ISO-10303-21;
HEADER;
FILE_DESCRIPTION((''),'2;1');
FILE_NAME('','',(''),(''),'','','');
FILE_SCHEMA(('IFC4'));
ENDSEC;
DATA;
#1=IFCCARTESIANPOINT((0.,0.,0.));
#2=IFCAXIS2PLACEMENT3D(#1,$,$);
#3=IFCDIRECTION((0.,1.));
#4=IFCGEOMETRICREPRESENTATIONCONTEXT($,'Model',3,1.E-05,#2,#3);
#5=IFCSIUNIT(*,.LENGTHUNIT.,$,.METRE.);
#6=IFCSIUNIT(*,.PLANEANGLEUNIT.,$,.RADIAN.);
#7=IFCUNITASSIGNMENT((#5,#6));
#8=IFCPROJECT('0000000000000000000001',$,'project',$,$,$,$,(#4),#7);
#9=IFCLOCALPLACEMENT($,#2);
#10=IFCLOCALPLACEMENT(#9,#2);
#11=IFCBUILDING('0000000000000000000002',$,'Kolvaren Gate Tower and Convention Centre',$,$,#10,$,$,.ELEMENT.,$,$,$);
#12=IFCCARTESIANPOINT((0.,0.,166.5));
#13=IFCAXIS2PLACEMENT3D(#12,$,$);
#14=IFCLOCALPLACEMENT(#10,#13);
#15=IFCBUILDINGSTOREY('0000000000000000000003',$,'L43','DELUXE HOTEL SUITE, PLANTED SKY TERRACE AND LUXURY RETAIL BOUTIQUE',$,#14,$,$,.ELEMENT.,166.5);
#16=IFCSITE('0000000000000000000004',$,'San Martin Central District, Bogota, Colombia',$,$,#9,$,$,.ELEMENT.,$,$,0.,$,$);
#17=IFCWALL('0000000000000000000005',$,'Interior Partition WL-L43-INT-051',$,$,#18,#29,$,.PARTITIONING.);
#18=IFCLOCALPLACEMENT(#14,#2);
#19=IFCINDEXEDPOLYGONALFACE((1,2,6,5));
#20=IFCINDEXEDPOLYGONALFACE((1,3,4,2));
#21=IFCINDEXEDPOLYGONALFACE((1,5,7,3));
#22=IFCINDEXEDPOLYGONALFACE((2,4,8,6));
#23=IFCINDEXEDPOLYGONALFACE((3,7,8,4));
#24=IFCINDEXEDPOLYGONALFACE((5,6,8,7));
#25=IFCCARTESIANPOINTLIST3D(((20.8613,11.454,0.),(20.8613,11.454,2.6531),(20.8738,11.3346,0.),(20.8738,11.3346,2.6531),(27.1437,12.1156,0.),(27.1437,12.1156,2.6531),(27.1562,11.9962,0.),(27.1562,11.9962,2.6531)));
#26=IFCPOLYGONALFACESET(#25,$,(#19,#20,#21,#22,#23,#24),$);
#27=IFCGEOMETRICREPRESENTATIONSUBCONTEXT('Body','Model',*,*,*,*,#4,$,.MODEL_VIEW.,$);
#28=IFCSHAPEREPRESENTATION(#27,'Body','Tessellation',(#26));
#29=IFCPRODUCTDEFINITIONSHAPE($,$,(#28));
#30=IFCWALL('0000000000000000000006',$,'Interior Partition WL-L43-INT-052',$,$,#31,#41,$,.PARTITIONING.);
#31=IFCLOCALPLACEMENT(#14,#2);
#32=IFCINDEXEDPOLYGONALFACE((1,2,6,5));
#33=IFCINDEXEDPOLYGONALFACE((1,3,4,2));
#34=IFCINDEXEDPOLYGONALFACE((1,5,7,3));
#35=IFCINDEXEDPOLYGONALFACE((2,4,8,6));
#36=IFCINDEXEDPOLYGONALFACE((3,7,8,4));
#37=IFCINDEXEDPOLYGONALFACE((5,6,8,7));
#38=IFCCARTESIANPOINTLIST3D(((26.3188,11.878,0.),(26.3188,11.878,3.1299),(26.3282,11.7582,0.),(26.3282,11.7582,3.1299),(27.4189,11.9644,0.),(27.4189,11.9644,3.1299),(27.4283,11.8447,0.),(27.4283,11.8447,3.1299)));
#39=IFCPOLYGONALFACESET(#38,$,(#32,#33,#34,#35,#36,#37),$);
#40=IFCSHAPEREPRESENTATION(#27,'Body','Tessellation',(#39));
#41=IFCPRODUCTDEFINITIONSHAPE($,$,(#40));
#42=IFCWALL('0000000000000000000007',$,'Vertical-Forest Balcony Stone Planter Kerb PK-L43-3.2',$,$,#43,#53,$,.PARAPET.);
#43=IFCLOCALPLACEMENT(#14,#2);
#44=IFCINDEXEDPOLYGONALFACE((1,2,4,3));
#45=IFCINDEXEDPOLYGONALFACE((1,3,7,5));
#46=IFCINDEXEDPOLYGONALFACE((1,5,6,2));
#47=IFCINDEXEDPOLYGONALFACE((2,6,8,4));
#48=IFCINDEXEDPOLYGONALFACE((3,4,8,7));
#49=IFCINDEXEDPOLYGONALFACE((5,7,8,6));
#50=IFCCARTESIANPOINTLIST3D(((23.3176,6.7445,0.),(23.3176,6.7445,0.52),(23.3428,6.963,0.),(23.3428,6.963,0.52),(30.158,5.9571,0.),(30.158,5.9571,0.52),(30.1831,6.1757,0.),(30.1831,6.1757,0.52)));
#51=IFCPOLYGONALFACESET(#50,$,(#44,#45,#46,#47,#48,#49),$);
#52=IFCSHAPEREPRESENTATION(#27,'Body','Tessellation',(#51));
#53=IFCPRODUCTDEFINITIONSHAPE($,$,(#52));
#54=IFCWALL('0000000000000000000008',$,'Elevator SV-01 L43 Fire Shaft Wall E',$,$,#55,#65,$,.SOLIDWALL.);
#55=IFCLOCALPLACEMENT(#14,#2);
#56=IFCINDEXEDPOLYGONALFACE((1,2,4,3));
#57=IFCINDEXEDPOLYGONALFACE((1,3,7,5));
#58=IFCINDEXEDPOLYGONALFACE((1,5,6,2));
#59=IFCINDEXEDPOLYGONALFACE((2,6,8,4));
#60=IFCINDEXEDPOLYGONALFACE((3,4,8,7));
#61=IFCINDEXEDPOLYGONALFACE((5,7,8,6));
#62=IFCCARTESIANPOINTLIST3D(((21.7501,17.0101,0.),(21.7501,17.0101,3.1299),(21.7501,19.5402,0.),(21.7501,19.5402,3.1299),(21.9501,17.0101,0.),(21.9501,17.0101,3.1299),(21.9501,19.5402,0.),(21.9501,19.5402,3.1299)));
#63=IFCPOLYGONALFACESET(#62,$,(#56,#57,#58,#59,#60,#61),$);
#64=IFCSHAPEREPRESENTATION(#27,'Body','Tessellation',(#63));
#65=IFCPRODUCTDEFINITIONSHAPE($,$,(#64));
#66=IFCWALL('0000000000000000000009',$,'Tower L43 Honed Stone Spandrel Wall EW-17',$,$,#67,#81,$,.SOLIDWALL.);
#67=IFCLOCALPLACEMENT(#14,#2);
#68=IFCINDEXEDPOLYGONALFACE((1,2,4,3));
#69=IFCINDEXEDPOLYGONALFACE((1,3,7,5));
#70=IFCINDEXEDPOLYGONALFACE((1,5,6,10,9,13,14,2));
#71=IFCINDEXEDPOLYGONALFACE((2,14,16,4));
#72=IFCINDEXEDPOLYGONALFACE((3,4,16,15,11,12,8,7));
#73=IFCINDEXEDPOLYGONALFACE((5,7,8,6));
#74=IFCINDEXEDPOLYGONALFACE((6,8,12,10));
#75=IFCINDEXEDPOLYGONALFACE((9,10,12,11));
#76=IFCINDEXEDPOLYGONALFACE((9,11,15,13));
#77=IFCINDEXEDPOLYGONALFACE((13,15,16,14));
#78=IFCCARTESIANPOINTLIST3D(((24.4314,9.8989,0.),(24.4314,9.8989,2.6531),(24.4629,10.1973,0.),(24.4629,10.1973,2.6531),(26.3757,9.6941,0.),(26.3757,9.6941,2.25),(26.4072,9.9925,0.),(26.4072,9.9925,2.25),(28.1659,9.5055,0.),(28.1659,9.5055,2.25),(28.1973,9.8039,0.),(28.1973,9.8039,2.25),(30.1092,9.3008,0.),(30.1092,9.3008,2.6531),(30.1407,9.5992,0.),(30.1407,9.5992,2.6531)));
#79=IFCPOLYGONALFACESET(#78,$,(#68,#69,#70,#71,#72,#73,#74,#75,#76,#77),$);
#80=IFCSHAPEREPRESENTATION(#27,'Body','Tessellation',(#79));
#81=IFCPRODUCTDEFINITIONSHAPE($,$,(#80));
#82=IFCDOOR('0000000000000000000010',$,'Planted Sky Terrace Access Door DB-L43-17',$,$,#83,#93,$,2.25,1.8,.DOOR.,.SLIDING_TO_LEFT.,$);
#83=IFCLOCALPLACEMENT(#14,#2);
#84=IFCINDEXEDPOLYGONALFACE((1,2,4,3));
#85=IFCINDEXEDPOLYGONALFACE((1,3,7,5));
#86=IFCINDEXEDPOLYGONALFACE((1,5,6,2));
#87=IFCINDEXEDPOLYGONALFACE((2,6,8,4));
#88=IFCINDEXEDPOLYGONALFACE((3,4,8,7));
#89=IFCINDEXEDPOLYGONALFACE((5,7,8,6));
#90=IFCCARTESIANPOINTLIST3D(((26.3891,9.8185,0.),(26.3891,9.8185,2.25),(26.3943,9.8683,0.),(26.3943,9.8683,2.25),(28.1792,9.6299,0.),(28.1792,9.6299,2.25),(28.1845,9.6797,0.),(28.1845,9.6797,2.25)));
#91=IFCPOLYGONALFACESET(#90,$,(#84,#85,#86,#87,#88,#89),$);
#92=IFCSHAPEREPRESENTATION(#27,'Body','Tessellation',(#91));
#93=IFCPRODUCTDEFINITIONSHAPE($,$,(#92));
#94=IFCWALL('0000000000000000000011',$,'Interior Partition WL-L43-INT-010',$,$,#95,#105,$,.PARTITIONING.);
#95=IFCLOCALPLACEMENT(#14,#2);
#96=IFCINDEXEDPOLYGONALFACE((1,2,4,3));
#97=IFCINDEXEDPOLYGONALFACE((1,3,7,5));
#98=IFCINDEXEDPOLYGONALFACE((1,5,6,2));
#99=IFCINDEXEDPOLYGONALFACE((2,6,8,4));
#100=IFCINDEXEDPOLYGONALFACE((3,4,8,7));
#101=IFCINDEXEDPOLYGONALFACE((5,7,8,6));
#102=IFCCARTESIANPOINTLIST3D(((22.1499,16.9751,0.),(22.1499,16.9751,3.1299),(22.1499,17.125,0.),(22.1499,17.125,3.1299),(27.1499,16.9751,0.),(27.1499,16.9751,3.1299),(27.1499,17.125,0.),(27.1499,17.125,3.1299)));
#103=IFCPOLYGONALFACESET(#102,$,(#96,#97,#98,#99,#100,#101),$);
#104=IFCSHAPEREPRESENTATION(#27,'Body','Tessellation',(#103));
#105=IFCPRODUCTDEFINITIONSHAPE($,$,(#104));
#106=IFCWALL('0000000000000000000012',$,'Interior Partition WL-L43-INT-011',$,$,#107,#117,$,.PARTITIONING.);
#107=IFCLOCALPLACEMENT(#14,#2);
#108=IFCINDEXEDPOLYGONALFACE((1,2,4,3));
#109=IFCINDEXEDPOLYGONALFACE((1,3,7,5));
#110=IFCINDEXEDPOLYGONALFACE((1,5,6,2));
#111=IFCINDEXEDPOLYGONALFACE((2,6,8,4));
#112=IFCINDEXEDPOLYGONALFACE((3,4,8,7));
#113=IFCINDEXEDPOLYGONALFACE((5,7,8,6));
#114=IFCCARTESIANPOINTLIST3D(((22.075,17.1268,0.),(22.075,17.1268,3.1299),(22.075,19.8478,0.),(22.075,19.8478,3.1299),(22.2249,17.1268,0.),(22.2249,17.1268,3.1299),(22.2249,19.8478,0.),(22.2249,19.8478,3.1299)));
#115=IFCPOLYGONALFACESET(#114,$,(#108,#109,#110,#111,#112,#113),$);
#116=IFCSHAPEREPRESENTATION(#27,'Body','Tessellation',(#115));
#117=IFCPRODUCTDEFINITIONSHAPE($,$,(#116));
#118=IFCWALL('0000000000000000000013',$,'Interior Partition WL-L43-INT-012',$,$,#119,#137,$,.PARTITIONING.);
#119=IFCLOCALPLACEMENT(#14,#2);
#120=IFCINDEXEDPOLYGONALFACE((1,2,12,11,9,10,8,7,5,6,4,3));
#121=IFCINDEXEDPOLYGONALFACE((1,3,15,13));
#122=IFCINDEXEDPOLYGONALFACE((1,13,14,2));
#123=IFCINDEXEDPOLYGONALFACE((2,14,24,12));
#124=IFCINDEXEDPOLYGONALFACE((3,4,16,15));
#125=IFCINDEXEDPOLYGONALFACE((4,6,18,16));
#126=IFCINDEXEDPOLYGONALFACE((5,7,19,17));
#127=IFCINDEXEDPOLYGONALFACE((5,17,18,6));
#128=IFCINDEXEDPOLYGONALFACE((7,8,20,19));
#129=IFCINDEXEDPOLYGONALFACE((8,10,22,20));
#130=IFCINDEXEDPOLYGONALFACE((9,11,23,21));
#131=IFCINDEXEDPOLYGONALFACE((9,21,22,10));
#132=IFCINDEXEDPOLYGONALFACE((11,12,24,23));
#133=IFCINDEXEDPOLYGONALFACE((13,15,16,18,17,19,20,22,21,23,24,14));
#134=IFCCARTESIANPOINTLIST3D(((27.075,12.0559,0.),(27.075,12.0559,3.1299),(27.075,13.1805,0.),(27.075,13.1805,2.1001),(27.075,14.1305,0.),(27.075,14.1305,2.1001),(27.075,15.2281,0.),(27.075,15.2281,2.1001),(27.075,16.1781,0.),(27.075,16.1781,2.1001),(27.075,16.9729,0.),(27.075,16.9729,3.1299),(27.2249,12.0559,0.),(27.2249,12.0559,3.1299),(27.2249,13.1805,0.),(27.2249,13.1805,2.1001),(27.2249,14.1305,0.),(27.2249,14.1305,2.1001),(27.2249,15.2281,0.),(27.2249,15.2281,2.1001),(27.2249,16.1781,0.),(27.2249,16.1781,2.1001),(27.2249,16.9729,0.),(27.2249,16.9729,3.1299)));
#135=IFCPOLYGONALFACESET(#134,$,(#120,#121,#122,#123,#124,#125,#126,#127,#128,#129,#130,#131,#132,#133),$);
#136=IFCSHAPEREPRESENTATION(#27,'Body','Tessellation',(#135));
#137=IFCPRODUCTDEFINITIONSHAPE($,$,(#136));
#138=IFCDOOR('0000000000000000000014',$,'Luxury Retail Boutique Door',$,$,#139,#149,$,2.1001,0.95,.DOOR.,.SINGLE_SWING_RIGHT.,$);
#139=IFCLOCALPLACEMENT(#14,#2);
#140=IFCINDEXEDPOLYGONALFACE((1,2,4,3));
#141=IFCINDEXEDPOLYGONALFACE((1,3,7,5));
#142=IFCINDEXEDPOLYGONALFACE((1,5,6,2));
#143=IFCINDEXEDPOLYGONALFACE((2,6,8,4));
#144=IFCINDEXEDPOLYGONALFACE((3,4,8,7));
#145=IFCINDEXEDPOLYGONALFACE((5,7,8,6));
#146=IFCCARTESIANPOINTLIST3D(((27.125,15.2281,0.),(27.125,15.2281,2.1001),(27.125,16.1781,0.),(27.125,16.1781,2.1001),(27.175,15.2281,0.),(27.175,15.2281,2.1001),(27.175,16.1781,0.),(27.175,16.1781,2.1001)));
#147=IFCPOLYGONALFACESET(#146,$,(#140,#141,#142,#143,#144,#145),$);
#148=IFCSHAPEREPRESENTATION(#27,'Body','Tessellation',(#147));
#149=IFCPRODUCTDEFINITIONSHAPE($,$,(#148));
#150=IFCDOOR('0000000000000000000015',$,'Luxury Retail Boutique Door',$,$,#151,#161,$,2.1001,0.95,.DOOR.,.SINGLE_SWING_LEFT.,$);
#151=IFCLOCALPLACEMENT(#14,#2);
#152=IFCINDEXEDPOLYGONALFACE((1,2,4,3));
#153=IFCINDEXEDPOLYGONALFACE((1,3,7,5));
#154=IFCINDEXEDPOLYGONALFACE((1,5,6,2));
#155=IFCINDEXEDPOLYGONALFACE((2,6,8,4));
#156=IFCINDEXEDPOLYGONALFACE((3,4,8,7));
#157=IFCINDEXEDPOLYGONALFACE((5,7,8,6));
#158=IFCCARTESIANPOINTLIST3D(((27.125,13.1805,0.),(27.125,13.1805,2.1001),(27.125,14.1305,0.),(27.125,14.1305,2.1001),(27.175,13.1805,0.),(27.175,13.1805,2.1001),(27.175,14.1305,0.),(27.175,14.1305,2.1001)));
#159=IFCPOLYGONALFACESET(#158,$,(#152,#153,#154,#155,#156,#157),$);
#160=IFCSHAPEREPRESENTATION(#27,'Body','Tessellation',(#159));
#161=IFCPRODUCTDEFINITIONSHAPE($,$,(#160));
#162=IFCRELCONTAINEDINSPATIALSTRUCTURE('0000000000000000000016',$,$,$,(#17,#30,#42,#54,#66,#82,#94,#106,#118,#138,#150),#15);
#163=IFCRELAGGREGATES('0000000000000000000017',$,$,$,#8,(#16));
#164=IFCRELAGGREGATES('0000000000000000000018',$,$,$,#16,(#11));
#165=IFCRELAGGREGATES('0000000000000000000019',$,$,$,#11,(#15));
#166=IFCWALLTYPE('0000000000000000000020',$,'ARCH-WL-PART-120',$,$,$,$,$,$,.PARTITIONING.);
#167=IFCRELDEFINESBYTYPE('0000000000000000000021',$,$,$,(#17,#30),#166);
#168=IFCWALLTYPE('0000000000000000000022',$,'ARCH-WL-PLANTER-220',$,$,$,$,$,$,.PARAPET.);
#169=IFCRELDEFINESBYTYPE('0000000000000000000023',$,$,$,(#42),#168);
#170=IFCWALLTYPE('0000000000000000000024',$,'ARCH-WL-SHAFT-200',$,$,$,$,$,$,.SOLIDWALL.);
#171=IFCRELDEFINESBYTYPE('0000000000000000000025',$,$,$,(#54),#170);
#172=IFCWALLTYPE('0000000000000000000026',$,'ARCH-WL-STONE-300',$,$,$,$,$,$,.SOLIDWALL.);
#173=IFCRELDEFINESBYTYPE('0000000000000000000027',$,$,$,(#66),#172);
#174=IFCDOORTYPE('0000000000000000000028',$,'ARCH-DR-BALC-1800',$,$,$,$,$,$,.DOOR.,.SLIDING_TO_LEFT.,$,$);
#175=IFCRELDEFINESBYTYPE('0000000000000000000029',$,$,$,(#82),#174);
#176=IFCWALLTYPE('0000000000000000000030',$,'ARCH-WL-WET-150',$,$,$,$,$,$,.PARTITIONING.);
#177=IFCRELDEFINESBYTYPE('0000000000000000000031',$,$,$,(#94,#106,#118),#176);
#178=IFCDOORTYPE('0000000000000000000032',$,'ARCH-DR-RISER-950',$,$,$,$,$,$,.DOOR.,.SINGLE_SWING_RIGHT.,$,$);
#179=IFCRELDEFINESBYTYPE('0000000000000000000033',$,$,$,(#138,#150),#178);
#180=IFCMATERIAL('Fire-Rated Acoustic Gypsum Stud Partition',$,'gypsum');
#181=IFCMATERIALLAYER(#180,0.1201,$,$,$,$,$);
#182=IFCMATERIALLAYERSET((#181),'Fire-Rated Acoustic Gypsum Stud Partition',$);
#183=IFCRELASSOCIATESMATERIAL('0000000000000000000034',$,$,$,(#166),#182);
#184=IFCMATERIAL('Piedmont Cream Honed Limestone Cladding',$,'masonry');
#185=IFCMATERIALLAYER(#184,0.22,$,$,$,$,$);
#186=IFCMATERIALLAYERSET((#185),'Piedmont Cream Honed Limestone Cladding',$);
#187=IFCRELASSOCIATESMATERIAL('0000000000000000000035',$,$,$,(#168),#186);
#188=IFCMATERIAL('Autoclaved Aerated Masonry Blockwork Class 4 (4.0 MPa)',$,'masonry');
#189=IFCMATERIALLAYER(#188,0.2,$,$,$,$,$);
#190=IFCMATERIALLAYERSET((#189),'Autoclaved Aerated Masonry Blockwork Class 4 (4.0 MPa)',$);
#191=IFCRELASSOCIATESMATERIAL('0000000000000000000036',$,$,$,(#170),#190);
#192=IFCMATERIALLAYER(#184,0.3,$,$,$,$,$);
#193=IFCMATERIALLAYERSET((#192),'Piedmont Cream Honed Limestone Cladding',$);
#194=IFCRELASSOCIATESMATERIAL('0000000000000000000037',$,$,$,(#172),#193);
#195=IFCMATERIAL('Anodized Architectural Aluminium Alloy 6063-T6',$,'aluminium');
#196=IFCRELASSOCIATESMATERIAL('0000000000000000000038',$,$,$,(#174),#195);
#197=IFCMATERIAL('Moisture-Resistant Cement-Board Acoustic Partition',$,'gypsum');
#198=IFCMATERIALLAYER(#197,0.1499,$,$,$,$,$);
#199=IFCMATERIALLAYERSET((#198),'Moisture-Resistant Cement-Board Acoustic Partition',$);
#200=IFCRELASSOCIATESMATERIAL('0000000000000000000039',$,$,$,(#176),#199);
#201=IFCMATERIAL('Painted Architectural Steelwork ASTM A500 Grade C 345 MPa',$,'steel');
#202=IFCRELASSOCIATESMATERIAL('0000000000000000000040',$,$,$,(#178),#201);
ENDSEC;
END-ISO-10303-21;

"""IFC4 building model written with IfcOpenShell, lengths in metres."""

from ifc_helpers import new_model, si_unit, direction, frame, frame_2d, origin, place, context, subcontext, project, spatial, rectangle, extrude, material, layer, layer_set, type_object, element, fill, save


model = new_model("IFC4")

# Units and contexts
model_context = context("Model", 3, precision=1e-05, world=origin(), true_north=direction((0.0, 1.0)))
body_context = subcontext(model_context, "Body", "Model", "MODEL_VIEW")
ifc_project = project(units=[si_unit("LENGTHUNIT", "METRE"), si_unit("PLANEANGLEUNIT", "RADIAN")], contexts=[model_context])

# Site, building, storey
site_placement = place(None, origin())
site = spatial("IfcSite", under=ifc_project, at=site_placement, Name="San Martin Central District, Bogota, Colombia", CompositionType="ELEMENT", RefElevation=0.0)
building_placement = place(site_placement, origin())
building = spatial("IfcBuilding", under=site, at=building_placement, Name="Kolvaren Gate Tower and Convention Centre", CompositionType="ELEMENT")
storey_placement = place(building_placement, frame((0.0, 0.0, 166.5)))
storey = spatial("IfcBuildingStorey", under=building, at=storey_placement, Name="L43", Description="DELUXE HOTEL SUITE, PLANTED SKY TERRACE AND LUXURY RETAIL BOUTIQUE", CompositionType="ELEMENT", Elevation=166.5)

# Walls
ifc_material_1 = material(Name="Fire-Rated Acoustic Gypsum Stud Partition", Category="gypsum")
ifc_layer_1 = layer(ifc_material_1, 0.1201)
ifc_layer_set_1 = layer_set([ifc_layer_1], Name="Fire-Rated Acoustic Gypsum Stud Partition")
wall_type_1 = type_object("IfcWallType", Name="ARCH-WL-PART-120", PredefinedType="PARTITIONING", material=ifc_layer_set_1)
wall_1_placement = place(storey_placement, frame((20.8674, 11.3943, 0.0), z_axis=(0.0, 0.0, 1.0), x_axis=(0.9945, 0.104733, 0.0)))
element("IfcWall", 1, at=wall_1_placement, inside=storey, type_object=wall_type_1, Name="Interior Partition WL-L43-INT-051", PredefinedType="PARTITIONING", context=body_context, shape_type="SweptSolid", body=[
    extrude(rectangle(XDim=6.3171, YDim=0.1201, at=frame_2d((3.1587, 0.0))), origin(), (0.0, 0.0, 1.0), 2.6531),
])
wall_2_placement = place(storey_placement, frame((26.3235, 11.8181, 0.0), z_axis=(0.0, 0.0, 1.0), x_axis=(0.996928, 0.078321, 0.0)))
element("IfcWall", 2, at=wall_2_placement, inside=storey, type_object=wall_type_1, Name="Interior Partition WL-L43-INT-052", PredefinedType="PARTITIONING", context=body_context, shape_type="SweptSolid", body=[
    extrude(rectangle(XDim=1.1035, YDim=0.1201, at=frame_2d((0.5518, 0.0))), origin(), (0.0, 0.0, 1.0), 3.1299),
])
ifc_material_2 = material(Name="Piedmont Cream Honed Limestone Cladding", Category="masonry")
ifc_layer_2 = layer(ifc_material_2, 0.22)
ifc_layer_set_2 = layer_set([ifc_layer_2], Name="Piedmont Cream Honed Limestone Cladding")
wall_type_2 = type_object("IfcWallType", Name="ARCH-WL-PLANTER-220", PredefinedType="PARAPET", material=ifc_layer_set_2)
wall_3_placement = place(storey_placement, frame((23.3301, 6.8538, 0.0), z_axis=(0.0, 0.0, 1.0), x_axis=(0.993441, -0.11435, 0.0)))
element("IfcWall", 3, at=wall_3_placement, inside=storey, type_object=wall_type_2, Name="Vertical-Forest Balcony Stone Planter Kerb PK-L43-3.2", PredefinedType="PARAPET", context=body_context, shape_type="SweptSolid", body=[
    extrude(rectangle(XDim=6.8855, YDim=0.22, at=frame_2d((3.4429, 0.0))), origin(), (0.0, 0.0, 1.0), 0.52),
])
ifc_material_3 = material(Name="Autoclaved Aerated Masonry Blockwork Class 4 (4.0 MPa)", Category="masonry")
ifc_layer_3 = layer(ifc_material_3, 0.2)
ifc_layer_set_3 = layer_set([ifc_layer_3], Name="Autoclaved Aerated Masonry Blockwork Class 4 (4.0 MPa)")
wall_type_3 = type_object("IfcWallType", Name="ARCH-WL-SHAFT-200", PredefinedType="SOLIDWALL", material=ifc_layer_set_3)
wall_4_placement = place(storey_placement, frame((21.8501, 17.01, 0.0), z_axis=(0.0, 0.0, 1.0), x_axis=(0.0, 1.0, 0.0)))
element("IfcWall", 4, at=wall_4_placement, inside=storey, type_object=wall_type_3, Name="Elevator SV-01 L43 Fire Shaft Wall E", PredefinedType="SOLIDWALL", context=body_context, shape_type="SweptSolid", body=[
    extrude(rectangle(XDim=2.53, YDim=0.2, at=frame_2d((1.2651, 0.0))), origin(), (0.0, 0.0, 1.0), 3.1299),
])

# Wall, opening, door
ifc_layer_4 = layer(ifc_material_2, 0.3)
ifc_layer_set_4 = layer_set([ifc_layer_4], Name="Piedmont Cream Honed Limestone Cladding")
wall_type_4 = type_object("IfcWallType", Name="ARCH-WL-STONE-300", PredefinedType="SOLIDWALL", material=ifc_layer_set_4)
wall_5_placement = place(storey_placement, frame((24.4473, 10.0481, 0.0), z_axis=(0.0, 0.0, 1.0), x_axis=(0.994497, -0.104769, 0.0)))
wall_5 = element("IfcWall", 5, at=wall_5_placement, inside=storey, type_object=wall_type_4, Name="Tower L43 Honed Stone Spandrel Wall EW-17", PredefinedType="SOLIDWALL", context=body_context, shape_type="SweptSolid", body=[
    extrude(rectangle(XDim=5.7092, YDim=0.3, at=frame_2d((2.8545, 0.0))), origin(), (0.0, 0.0, 1.0), 2.6531),
])
opening_1_placement = place(wall_5_placement, frame((1.9551, 0.0, 0.0)))
opening_1 = element("IfcOpeningElement", 6, at=opening_1_placement, cuts=wall_5, PredefinedType="OPENING", context=body_context, shape_type="SweptSolid", body=[
    extrude(rectangle(XDim=1.8, YDim=2.25, at=frame_2d((0.8999, 1.125))), frame((0.0, 0.1599, 0.0), z_axis=(0.0, -1.0, 0.0), x_axis=(1.0, 0.0, 0.0)), (0.0, 0.0, 1.0), 0.3201),
])
ifc_material_4 = material(Name="Anodized Architectural Aluminium Alloy 6063-T6", Category="aluminium")
door_type_1 = type_object("IfcDoorType", Name="ARCH-DR-BALC-1800", OperationType="SLIDING_TO_LEFT", PredefinedType="DOOR", material=ifc_material_4)
door_1_placement = place(opening_1_placement, frame((1.8, 0.0, 0.0), z_axis=(0.0, 0.0, 1.0), x_axis=(-1.0, 0.0, 0.0)))
door_1 = element("IfcDoor", 7, at=door_1_placement, inside=storey, type_object=door_type_1, Name="Planted Sky Terrace Access Door DB-L43-17", OperationType="SLIDING_TO_LEFT", OverallHeight=2.25, OverallWidth=1.8, PredefinedType="DOOR", context=body_context, shape_type="SweptSolid", body=[
    extrude(rectangle(XDim=1.8, YDim=2.25, at=frame_2d((0.8999, 1.125))), frame((0.0, 0.0249, 0.0), z_axis=(0.0, -1.0, 0.0), x_axis=(1.0, 0.0, 0.0)), (0.0, 0.0, 1.0), 0.05),
])
fill(opening_1, door_1)

# Walls
ifc_material_5 = material(Name="Moisture-Resistant Cement-Board Acoustic Partition", Category="gypsum")
ifc_layer_5 = layer(ifc_material_5, 0.1499)
ifc_layer_set_5 = layer_set([ifc_layer_5], Name="Moisture-Resistant Cement-Board Acoustic Partition")
wall_type_5 = type_object("IfcWallType", Name="ARCH-WL-WET-150", PredefinedType="PARTITIONING", material=ifc_layer_set_5)
wall_6_placement = place(storey_placement, frame((22.1499, 17.05, 0.0), z_axis=(0.0, 0.0, 1.0), x_axis=(1.0, 0.0, 0.0)))
element("IfcWall", 8, at=wall_6_placement, inside=storey, type_object=wall_type_5, Name="Interior Partition WL-L43-INT-010", PredefinedType="PARTITIONING", context=body_context, shape_type="SweptSolid", body=[
    extrude(rectangle(XDim=5.0, YDim=0.1499, at=frame_2d((2.5, 0.0))), origin(), (0.0, 0.0, 1.0), 3.1299),
])
wall_7_placement = place(storey_placement, frame((22.1499, 17.127, 0.0), z_axis=(0.0, 0.0, 1.0), x_axis=(0.0, 1.0, 0.0)))
element("IfcWall", 9, at=wall_7_placement, inside=storey, type_object=wall_type_5, Name="Interior Partition WL-L43-INT-011", PredefinedType="PARTITIONING", context=body_context, shape_type="SweptSolid", body=[
    extrude(rectangle(XDim=2.7209, YDim=0.1499, at=frame_2d((1.3604, 0.0))), origin(), (0.0, 0.0, 1.0), 3.1299),
])

# Wall, openings, doors
wall_8_placement = place(storey_placement, frame((27.1499, 12.0559, 0.0), z_axis=(0.0, 0.0, 1.0), x_axis=(0.0, 1.0, 0.0)))
wall_8 = element("IfcWall", 10, at=wall_8_placement, inside=storey, type_object=wall_type_5, Name="Interior Partition WL-L43-INT-012", PredefinedType="PARTITIONING", context=body_context, shape_type="SweptSolid", body=[
    extrude(rectangle(XDim=4.917, YDim=0.1499, at=frame_2d((2.4585, 0.0))), origin(), (0.0, 0.0, 1.0), 3.1299),
])
opening_2_placement = place(wall_8_placement, frame((3.1721, 0.0, 0.0)))
opening_2 = element("IfcOpeningElement", 11, at=opening_2_placement, cuts=wall_8, PredefinedType="OPENING", context=body_context, shape_type="SweptSolid", body=[
    extrude(rectangle(XDim=0.95, YDim=2.1001, at=frame_2d((0.4751, 1.05))), frame((0.0, 0.085, 0.0), z_axis=(0.0, -1.0, 0.0), x_axis=(1.0, 0.0, 0.0)), (0.0, 0.0, 1.0), 0.1699),
])
opening_3_placement = place(wall_8_placement, frame((1.1245, 0.0, 0.0)))
opening_3 = element("IfcOpeningElement", 12, at=opening_3_placement, cuts=wall_8, PredefinedType="OPENING", context=body_context, shape_type="SweptSolid", body=[
    extrude(rectangle(XDim=0.95, YDim=2.1001, at=frame_2d((0.4751, 1.05))), frame((0.0, 0.085, 0.0), z_axis=(0.0, -1.0, 0.0), x_axis=(1.0, 0.0, 0.0)), (0.0, 0.0, 1.0), 0.1699),
])
ifc_material_6 = material(Name="Painted Architectural Steelwork ASTM A500 Grade C 345 MPa", Category="steel")
door_type_2 = type_object("IfcDoorType", Name="ARCH-DR-RISER-950", OperationType="SINGLE_SWING_RIGHT", PredefinedType="DOOR", material=ifc_material_6)
door_2_placement = place(opening_2_placement, origin())
door_2 = element("IfcDoor", 13, at=door_2_placement, inside=storey, type_object=door_type_2, Name="Luxury Retail Boutique Door", OperationType="SINGLE_SWING_RIGHT", OverallHeight=2.1001, OverallWidth=0.95, PredefinedType="DOOR", context=body_context, shape_type="SweptSolid", body=[
    extrude(rectangle(XDim=0.95, YDim=2.1001, at=frame_2d((0.4751, 1.05))), frame((0.0, 0.0249, 0.0), z_axis=(0.0, -1.0, 0.0), x_axis=(1.0, 0.0, 0.0)), (0.0, 0.0, 1.0), 0.05),
])
fill(opening_2, door_2)
door_3_placement = place(opening_3_placement, origin())
door_3 = element("IfcDoor", 14, at=door_3_placement, inside=storey, type_object=door_type_2, Name="Luxury Retail Boutique Door", OperationType="SINGLE_SWING_LEFT", OverallHeight=2.1001, OverallWidth=0.95, PredefinedType="DOOR", context=body_context, shape_type="SweptSolid", body=[
    extrude(rectangle(XDim=0.95, YDim=2.1001, at=frame_2d((0.4751, 1.05))), frame((0.0, 0.0249, 0.0), z_axis=(0.0, -1.0, 0.0), x_axis=(1.0, 0.0, 0.0)), (0.0, 0.0, 1.0), 0.05),
])
fill(opening_3, door_3)

save(model, "model.ifc")
